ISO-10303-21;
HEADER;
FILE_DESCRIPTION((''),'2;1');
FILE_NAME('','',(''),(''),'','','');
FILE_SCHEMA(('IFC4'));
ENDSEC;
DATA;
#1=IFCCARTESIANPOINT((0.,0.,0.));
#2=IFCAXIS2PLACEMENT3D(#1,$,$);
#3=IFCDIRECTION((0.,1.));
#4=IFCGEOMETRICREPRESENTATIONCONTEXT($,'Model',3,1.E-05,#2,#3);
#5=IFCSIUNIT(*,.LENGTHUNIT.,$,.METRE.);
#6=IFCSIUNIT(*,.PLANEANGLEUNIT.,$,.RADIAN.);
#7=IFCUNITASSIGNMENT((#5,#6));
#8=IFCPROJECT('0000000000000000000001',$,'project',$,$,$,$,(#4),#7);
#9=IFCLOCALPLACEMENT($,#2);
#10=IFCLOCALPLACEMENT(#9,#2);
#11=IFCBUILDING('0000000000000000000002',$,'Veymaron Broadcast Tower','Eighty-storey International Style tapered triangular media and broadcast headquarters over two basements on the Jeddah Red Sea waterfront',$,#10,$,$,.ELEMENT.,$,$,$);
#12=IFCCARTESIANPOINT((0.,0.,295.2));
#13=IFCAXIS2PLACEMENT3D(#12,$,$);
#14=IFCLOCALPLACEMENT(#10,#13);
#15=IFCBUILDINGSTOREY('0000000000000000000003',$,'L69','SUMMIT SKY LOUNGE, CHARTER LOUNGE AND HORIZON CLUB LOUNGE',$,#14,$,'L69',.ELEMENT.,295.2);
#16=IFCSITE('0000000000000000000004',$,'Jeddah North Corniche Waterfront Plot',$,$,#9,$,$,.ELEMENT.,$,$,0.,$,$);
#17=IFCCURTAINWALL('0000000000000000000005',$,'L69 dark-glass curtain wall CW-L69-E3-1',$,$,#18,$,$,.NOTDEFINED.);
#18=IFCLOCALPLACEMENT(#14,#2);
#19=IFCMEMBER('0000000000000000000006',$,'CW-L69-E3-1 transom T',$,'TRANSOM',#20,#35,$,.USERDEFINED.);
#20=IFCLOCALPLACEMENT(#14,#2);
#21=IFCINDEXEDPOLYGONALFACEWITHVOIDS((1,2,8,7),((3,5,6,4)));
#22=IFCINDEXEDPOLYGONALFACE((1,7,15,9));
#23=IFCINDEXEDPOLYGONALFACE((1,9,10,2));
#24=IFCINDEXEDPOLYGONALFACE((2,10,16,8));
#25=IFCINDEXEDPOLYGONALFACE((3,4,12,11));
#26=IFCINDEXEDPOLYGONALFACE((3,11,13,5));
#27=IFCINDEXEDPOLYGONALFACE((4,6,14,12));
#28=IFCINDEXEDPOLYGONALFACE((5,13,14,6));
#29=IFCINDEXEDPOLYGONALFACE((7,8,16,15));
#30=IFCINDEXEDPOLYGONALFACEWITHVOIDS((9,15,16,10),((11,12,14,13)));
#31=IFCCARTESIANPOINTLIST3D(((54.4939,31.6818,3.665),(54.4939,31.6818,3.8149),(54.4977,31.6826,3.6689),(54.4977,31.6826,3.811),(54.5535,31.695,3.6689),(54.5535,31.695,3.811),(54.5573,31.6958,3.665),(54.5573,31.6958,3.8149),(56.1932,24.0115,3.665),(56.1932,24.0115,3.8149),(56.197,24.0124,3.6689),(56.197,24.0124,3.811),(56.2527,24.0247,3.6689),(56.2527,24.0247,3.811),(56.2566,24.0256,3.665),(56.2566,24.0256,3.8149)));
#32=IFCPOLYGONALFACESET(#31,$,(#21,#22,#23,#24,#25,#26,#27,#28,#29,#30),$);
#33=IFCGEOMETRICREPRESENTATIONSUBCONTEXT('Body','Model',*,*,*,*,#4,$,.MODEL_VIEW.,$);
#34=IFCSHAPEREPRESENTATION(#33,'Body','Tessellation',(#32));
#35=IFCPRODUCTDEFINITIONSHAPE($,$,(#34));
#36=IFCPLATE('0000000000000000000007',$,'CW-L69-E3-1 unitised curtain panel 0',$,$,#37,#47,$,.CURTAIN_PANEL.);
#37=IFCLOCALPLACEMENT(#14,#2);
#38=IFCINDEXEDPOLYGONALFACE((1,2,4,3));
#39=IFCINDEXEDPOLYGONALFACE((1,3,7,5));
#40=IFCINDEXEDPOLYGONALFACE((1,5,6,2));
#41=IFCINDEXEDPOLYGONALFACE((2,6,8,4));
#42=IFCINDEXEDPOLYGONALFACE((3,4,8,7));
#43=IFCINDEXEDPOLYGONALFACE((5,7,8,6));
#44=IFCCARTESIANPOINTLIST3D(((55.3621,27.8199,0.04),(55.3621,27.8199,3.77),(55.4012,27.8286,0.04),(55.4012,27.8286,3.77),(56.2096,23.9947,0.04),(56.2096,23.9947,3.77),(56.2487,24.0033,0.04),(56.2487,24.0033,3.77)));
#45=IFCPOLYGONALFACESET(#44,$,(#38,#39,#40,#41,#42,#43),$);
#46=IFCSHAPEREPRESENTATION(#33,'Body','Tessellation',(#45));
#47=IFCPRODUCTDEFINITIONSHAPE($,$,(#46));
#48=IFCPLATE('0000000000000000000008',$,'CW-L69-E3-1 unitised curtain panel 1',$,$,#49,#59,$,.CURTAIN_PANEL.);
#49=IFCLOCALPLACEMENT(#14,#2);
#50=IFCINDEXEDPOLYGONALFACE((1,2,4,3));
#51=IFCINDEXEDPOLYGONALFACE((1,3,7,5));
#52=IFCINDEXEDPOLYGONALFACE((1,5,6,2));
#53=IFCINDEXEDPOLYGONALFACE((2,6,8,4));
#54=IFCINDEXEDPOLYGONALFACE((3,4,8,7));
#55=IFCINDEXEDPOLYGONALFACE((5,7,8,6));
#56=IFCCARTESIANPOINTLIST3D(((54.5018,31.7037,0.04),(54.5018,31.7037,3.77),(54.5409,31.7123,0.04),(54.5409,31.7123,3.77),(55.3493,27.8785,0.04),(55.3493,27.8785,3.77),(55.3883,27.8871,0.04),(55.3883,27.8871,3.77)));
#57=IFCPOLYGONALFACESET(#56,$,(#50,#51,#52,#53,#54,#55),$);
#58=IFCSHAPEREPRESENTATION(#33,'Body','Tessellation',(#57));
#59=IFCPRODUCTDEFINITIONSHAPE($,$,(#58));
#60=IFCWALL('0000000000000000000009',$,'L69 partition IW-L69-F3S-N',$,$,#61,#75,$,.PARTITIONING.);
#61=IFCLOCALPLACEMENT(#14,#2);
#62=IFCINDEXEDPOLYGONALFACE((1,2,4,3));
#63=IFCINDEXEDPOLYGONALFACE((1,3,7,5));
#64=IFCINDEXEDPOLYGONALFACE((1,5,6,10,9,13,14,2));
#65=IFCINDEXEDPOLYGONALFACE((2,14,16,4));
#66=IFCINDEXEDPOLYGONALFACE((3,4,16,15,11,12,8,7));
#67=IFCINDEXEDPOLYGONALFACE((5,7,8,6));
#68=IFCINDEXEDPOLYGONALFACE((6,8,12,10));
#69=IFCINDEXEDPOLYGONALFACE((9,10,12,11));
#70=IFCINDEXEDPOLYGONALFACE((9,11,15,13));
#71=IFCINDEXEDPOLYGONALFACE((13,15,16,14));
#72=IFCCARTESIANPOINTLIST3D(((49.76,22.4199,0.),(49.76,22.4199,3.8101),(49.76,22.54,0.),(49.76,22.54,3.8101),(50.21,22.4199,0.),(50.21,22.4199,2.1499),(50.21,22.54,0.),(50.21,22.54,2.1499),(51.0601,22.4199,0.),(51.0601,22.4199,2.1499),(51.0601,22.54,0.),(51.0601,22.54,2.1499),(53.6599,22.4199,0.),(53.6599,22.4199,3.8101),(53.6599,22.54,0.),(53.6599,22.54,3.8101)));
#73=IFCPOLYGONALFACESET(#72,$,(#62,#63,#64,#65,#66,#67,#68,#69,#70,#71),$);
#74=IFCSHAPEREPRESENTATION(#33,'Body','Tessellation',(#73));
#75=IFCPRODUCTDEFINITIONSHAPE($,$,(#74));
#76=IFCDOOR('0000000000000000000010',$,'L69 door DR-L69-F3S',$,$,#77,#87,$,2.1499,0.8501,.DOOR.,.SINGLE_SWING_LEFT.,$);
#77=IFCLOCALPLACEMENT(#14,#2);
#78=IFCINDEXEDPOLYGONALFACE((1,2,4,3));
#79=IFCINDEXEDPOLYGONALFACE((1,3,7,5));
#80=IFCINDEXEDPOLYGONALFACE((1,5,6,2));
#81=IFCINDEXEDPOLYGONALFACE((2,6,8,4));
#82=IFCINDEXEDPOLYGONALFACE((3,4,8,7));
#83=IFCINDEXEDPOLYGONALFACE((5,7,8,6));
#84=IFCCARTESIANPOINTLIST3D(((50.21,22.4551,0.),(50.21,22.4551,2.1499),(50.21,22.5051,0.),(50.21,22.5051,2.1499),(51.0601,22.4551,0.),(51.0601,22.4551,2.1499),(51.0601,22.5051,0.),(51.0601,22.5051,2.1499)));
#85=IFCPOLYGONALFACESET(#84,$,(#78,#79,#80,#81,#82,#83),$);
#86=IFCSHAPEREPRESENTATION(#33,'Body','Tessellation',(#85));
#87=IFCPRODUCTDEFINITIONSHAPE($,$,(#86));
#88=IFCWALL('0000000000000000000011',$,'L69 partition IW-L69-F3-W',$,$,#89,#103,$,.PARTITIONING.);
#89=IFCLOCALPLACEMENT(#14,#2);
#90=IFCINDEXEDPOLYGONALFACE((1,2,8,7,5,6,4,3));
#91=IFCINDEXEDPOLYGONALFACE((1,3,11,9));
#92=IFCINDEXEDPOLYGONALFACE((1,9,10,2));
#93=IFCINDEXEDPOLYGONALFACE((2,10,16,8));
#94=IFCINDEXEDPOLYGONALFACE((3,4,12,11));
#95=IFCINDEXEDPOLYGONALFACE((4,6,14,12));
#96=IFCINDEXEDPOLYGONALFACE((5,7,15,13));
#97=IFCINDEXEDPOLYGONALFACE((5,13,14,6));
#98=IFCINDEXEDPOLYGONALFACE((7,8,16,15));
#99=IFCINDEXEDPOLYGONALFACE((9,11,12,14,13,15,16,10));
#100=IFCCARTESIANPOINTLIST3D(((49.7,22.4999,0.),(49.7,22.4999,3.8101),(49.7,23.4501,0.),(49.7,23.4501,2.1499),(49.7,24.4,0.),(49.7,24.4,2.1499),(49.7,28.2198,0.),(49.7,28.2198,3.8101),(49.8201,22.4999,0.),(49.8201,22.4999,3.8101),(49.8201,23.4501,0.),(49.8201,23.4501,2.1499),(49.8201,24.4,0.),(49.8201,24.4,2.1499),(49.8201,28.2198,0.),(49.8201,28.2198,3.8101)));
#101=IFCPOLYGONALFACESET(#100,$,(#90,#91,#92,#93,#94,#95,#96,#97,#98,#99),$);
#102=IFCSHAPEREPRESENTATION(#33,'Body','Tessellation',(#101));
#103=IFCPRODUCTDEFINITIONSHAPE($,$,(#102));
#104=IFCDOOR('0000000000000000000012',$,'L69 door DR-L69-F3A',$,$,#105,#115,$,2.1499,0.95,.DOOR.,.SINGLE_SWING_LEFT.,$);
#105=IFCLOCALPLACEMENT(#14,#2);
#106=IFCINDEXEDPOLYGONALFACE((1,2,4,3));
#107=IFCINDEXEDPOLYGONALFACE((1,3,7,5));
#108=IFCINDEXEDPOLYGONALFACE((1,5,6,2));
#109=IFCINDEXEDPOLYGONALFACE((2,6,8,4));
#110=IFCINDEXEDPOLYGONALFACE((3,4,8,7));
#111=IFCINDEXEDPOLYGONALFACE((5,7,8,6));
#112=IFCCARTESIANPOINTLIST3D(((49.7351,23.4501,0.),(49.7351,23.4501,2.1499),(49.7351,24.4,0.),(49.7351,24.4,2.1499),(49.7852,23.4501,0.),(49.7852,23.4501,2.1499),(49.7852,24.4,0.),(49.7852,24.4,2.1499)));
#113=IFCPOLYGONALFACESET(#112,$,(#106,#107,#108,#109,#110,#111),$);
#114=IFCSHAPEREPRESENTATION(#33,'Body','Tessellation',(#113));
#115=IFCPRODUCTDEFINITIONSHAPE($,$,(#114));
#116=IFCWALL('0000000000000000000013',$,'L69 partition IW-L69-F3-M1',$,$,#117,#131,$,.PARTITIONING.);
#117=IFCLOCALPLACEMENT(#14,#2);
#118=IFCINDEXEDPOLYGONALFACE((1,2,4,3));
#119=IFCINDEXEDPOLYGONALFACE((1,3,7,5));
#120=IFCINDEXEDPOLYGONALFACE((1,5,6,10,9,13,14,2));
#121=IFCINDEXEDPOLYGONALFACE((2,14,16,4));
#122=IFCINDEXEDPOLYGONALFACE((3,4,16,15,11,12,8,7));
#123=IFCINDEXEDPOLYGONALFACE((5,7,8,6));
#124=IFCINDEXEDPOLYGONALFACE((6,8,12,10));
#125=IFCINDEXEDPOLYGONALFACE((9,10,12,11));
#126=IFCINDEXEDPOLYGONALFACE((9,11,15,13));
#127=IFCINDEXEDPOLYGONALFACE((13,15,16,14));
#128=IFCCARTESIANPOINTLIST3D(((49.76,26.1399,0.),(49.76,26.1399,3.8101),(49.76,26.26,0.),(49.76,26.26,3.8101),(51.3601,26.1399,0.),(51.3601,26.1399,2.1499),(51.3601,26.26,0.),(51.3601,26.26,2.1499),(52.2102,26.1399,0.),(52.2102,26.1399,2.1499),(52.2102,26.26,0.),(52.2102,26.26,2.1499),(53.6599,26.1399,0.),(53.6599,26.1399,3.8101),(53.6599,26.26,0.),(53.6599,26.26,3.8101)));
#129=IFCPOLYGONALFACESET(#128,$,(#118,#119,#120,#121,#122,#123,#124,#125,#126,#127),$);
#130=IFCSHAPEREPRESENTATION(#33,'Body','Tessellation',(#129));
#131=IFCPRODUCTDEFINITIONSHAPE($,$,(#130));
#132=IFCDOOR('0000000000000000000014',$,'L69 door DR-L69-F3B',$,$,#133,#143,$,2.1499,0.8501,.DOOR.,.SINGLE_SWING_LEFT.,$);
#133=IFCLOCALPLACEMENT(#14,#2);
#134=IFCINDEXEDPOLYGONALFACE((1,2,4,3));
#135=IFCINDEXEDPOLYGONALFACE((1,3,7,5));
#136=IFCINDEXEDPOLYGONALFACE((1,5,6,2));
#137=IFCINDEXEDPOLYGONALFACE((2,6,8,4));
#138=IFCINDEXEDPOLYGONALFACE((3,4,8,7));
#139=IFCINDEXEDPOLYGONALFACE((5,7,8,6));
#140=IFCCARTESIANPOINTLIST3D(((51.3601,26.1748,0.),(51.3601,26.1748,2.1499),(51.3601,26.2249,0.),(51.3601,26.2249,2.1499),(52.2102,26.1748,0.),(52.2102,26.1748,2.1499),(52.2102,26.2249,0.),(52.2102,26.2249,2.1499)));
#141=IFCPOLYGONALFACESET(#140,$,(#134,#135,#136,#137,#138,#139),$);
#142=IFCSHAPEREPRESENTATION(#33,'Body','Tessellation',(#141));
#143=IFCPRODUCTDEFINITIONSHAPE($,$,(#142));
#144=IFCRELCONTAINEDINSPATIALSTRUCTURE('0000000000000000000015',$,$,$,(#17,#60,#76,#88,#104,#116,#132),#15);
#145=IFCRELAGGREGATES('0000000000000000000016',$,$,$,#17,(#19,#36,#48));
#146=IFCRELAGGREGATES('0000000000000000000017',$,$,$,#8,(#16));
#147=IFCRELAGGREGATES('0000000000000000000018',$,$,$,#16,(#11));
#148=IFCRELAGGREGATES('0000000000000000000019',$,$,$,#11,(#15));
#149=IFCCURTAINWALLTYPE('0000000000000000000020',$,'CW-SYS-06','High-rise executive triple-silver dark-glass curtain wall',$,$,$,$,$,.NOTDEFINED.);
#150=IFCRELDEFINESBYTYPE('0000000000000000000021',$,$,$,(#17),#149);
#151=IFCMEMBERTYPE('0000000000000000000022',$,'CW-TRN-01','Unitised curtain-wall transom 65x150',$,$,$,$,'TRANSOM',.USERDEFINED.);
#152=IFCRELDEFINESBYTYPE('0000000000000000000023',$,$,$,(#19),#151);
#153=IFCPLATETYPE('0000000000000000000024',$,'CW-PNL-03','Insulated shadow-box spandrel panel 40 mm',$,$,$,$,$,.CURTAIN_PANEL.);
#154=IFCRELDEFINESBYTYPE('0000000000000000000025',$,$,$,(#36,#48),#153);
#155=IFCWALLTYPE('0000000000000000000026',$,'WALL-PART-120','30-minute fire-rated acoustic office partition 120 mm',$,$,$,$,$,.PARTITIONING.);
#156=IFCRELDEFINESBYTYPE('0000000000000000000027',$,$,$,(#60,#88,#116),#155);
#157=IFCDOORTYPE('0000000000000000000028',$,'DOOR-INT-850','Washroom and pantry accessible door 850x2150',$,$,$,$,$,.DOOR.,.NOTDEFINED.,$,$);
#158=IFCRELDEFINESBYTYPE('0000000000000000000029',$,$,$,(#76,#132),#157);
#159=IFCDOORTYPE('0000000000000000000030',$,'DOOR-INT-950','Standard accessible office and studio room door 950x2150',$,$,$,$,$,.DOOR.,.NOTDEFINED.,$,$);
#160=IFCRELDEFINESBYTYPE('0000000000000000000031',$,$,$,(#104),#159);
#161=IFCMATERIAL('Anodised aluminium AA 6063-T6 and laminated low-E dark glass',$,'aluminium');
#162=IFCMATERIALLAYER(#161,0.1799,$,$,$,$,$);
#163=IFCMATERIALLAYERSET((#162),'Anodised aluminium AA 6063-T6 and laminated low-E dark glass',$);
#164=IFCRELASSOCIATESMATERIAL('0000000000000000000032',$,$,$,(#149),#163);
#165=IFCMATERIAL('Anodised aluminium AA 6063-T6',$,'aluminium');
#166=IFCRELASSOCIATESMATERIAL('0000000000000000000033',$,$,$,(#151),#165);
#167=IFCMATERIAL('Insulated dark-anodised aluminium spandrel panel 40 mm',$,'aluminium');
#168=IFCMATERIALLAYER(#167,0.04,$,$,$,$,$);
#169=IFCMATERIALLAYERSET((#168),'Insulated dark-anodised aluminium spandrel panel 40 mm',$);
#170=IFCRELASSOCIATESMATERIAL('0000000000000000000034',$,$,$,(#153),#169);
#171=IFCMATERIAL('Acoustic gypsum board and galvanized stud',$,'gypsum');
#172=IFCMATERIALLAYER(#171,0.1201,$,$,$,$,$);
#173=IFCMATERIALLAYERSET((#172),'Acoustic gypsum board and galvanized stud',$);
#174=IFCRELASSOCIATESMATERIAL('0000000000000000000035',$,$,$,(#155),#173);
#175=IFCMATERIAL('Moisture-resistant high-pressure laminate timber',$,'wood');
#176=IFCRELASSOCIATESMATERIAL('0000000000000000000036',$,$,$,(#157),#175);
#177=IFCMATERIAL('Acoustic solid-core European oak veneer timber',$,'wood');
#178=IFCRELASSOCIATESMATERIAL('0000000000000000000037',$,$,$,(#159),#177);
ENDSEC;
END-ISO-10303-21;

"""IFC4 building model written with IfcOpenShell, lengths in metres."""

from ifc_helpers import new_model, si_unit, direction, frame, frame_2d, origin, origin_2d, place, context, subcontext, project, spatial, rectangle, hollow_rectangle, extrude, material, layer, layer_set, material_profile, profile_set, type_object, element, fill, aggregate, save


model = new_model("IFC4")

# Units and contexts
model_context = context("Model", 3, precision=1e-05, world=origin(), true_north=direction((0.0, 1.0)))
body_context = subcontext(model_context, "Body", "Model", "MODEL_VIEW")
ifc_project = project(units=[si_unit("LENGTHUNIT", "METRE"), si_unit("PLANEANGLEUNIT", "RADIAN")], contexts=[model_context])

# Site, building, storey
site_placement = place(None, origin())
site = spatial("IfcSite", under=ifc_project, at=site_placement, Name="Jeddah North Corniche Waterfront Plot", CompositionType="ELEMENT", RefElevation=0.0)
building_placement = place(site_placement, origin())
building = spatial("IfcBuilding", under=site, at=building_placement, Name="Veymaron Broadcast Tower", Description="Eighty-storey International Style tapered triangular media and broadcast headquarters over two basements on the Jeddah Red Sea waterfront", CompositionType="ELEMENT")
storey_placement = place(building_placement, frame((0.0, 0.0, 295.2)))
storey = spatial("IfcBuildingStorey", under=building, at=storey_placement, Name="L69", Description="SUMMIT SKY LOUNGE, CHARTER LOUNGE AND HORIZON CLUB LOUNGE", LongName="L69", CompositionType="ELEMENT", Elevation=295.2)

# Shared definitions
ifc_material_1 = material(Name="Anodised aluminium AA 6063-T6 and laminated low-E dark glass", Category="aluminium")
ifc_layer_1 = layer(ifc_material_1, 0.1799)
ifc_layer_set_1 = layer_set([ifc_layer_1], Name="Anodised aluminium AA 6063-T6 and laminated low-E dark glass")
curtain_wall_type = type_object("IfcCurtainWallType", Name="CW-SYS-06", Description="High-rise executive triple-silver dark-glass curtain wall", PredefinedType="NOTDEFINED", material=ifc_layer_set_1)
ifc_material_2 = material(Name="Anodised aluminium AA 6063-T6", Category="aluminium")

# Curtain wall, member, plates
curtain_wall_1_placement = place(storey_placement, origin())
curtain_wall_1 = element("IfcCurtainWall", 1, at=curtain_wall_1_placement, inside=storey, type_object=curtain_wall_type, Name="L69 dark-glass curtain wall CW-L69-E3-1", PredefinedType="NOTDEFINED")
ifc_material_profile_1 = material_profile(ifc_material_2, hollow_rectangle(XDim=0.0649, YDim=0.1499, WallThickness=0.0039, at=origin_2d()), Name="AL150X65X4")
ifc_profile_set_1 = profile_set([ifc_material_profile_1], Name="Anodised aluminium AA 6063-T6")
member_type_1 = type_object("IfcMemberType", Name="CW-TRN-01", Description="Unitised curtain-wall transom 65x150", ElementType="TRANSOM", PredefinedType="USERDEFINED", material=ifc_profile_set_1)
member_1_placement = place(storey_placement, frame((56.2249, 24.0186, 3.74), z_axis=(-0.216292, 0.976329, 0.0), x_axis=(-0.976329, -0.216292, 0.0)))
member_1 = element("IfcMember", 2, at=member_1_placement, type_object=member_type_1, Name="CW-L69-E3-1 transom T", ObjectType="TRANSOM", PredefinedType="USERDEFINED", context=body_context, shape_type="SweptSolid", body=[
    extrude(hollow_rectangle(XDim=0.0649, YDim=0.1499, WallThickness=0.0039, at=origin_2d()), origin(), (0.0, 0.0, 1.0), 7.8562),
])
ifc_material_3 = material(Name="Insulated dark-anodised aluminium spandrel panel 40 mm", Category="aluminium")
ifc_layer_2 = layer(ifc_material_3, 0.04)
ifc_layer_set_2 = layer_set([ifc_layer_2], Name="Insulated dark-anodised aluminium spandrel panel 40 mm")
plate_type = type_object("IfcPlateType", Name="CW-PNL-03", Description="Insulated shadow-box spandrel panel 40 mm", PredefinedType="CURTAIN_PANEL", material=ifc_layer_set_2)
plate_1_placement = place(storey_placement, frame((55.8054, 25.9116, 0.04), z_axis=(0.0, 0.0, 1.0), x_axis=(-0.216303, 0.976326, 0.0)))
plate_1 = element("IfcPlate", 3, at=plate_1_placement, type_object=plate_type, Name="CW-L69-E3-1 unitised curtain panel 0", PredefinedType="CURTAIN_PANEL", context=body_context, shape_type="SweptSolid", body=[
    extrude(rectangle(XDim=3.918, YDim=0.04, at=origin_2d()), origin(), (0.0, 0.0, 1.0), 3.73),
])
plate_2_placement = place(storey_placement, frame((54.9451, 29.7954, 0.04), z_axis=(0.0, 0.0, 1.0), x_axis=(-0.216303, 0.976326, 0.0)))
plate_2 = element("IfcPlate", 4, at=plate_2_placement, type_object=plate_type, Name="CW-L69-E3-1 unitised curtain panel 1", PredefinedType="CURTAIN_PANEL", context=body_context, shape_type="SweptSolid", body=[
    extrude(rectangle(XDim=3.918, YDim=0.04, at=origin_2d()), origin(), (0.0, 0.0, 1.0), 3.73),
])
aggregate(curtain_wall_1, [member_1, plate_1, plate_2])

# Walls, openings, doors
ifc_material_4 = material(Name="Acoustic gypsum board and galvanized stud", Category="gypsum")
ifc_layer_3 = layer(ifc_material_4, 0.1201)
ifc_layer_set_3 = layer_set([ifc_layer_3], Name="Acoustic gypsum board and galvanized stud")
wall_type = type_object("IfcWallType", Name="WALL-PART-120", Description="30-minute fire-rated acoustic office partition 120 mm", PredefinedType="PARTITIONING", material=ifc_layer_set_3)
wall_1_placement = place(storey_placement, frame((49.76, 22.48, 0.0), z_axis=(0.0, 0.0, 1.0), x_axis=(1.0, 0.0, 0.0)))
wall_1 = element("IfcWall", 5, at=wall_1_placement, inside=storey, type_object=wall_type, Name="L69 partition IW-L69-F3S-N", PredefinedType="PARTITIONING", context=body_context, shape_type="SweptSolid", body=[
    extrude(rectangle(XDim=3.8999, YDim=0.1201, at=frame_2d((1.95, 0.0))), origin(), (0.0, 0.0, 1.0), 3.8101),
])
opening_1_placement = place(wall_1_placement, frame((0.45, 0.0, 0.0)))
opening_1 = element("IfcOpeningElement", 6, at=opening_1_placement, cuts=wall_1, PredefinedType="OPENING", context=body_context, shape_type="SweptSolid", body=[
    extrude(rectangle(XDim=0.8501, YDim=2.1499, at=frame_2d((0.425, 1.075))), frame((0.0, 0.0701, 0.0), z_axis=(0.0, -1.0, 0.0), x_axis=(1.0, 0.0, 0.0)), (0.0, 0.0, 1.0), 0.1401),
])
ifc_material_5 = material(Name="Moisture-resistant high-pressure laminate timber", Category="wood")
door_type_1 = type_object("IfcDoorType", Name="DOOR-INT-850", Description="Washroom and pantry accessible door 850x2150", OperationType="NOTDEFINED", PredefinedType="DOOR", material=ifc_material_5)
door_1_placement = place(opening_1_placement, frame((0.8501, 0.0, 0.0), z_axis=(0.0, 0.0, 1.0), x_axis=(-1.0, 0.0, 0.0)))
door_1 = element("IfcDoor", 7, at=door_1_placement, inside=storey, type_object=door_type_1, Name="L69 door DR-L69-F3S", OperationType="SINGLE_SWING_LEFT", OverallHeight=2.1499, OverallWidth=0.8501, PredefinedType="DOOR", context=body_context, shape_type="SweptSolid", body=[
    extrude(rectangle(XDim=0.8501, YDim=2.1499, at=frame_2d((0.425, 1.075))), frame((0.0, 0.0249, 0.0), z_axis=(0.0, -1.0, 0.0), x_axis=(1.0, 0.0, 0.0)), (0.0, 0.0, 1.0), 0.05),
])
fill(opening_1, door_1)
wall_2_placement = place(storey_placement, frame((49.76, 22.5, 0.0), z_axis=(0.0, 0.0, 1.0), x_axis=(0.0, 1.0, 0.0)))
wall_2 = element("IfcWall", 8, at=wall_2_placement, inside=storey, type_object=wall_type, Name="L69 partition IW-L69-F3-W", PredefinedType="PARTITIONING", context=body_context, shape_type="SweptSolid", body=[
    extrude(rectangle(XDim=5.72, YDim=0.1201, at=frame_2d((2.8599, 0.0))), origin(), (0.0, 0.0, 1.0), 3.8101),
])
opening_2_placement = place(wall_2_placement, frame((0.95, 0.0, 0.0)))
opening_2 = element("IfcOpeningElement", 9, at=opening_2_placement, cuts=wall_2, PredefinedType="OPENING", context=body_context, shape_type="SweptSolid", body=[
    extrude(rectangle(XDim=0.95, YDim=2.1499, at=frame_2d((0.4751, 1.075))), frame((0.0, 0.0701, 0.0), z_axis=(0.0, -1.0, 0.0), x_axis=(1.0, 0.0, 0.0)), (0.0, 0.0, 1.0), 0.1401),
])
ifc_material_6 = material(Name="Acoustic solid-core European oak veneer timber", Category="wood")
door_type_2 = type_object("IfcDoorType", Name="DOOR-INT-950", Description="Standard accessible office and studio room door 950x2150", OperationType="NOTDEFINED", PredefinedType="DOOR", material=ifc_material_6)
door_2_placement = place(opening_2_placement, origin())
door_2 = element("IfcDoor", 10, at=door_2_placement, inside=storey, type_object=door_type_2, Name="L69 door DR-L69-F3A", OperationType="SINGLE_SWING_LEFT", OverallHeight=2.1499, OverallWidth=0.95, PredefinedType="DOOR", context=body_context, shape_type="SweptSolid", body=[
    extrude(rectangle(XDim=0.95, YDim=2.1499, at=frame_2d((0.4751, 1.075))), frame((0.0, 0.0249, 0.0), z_axis=(0.0, -1.0, 0.0), x_axis=(1.0, 0.0, 0.0)), (0.0, 0.0, 1.0), 0.05),
])
fill(opening_2, door_2)
wall_3_placement = place(storey_placement, frame((49.76, 26.2, 0.0), z_axis=(0.0, 0.0, 1.0), x_axis=(1.0, 0.0, 0.0)))
wall_3 = element("IfcWall", 11, at=wall_3_placement, inside=storey, type_object=wall_type, Name="L69 partition IW-L69-F3-M1", PredefinedType="PARTITIONING", context=body_context, shape_type="SweptSolid", body=[
    extrude(rectangle(XDim=3.8999, YDim=0.1201, at=frame_2d((1.95, 0.0))), origin(), (0.0, 0.0, 1.0), 3.8101),
])
opening_3_placement = place(wall_3_placement, frame((1.6001, 0.0, 0.0)))
opening_3 = element("IfcOpeningElement", 12, at=opening_3_placement, cuts=wall_3, PredefinedType="OPENING", context=body_context, shape_type="SweptSolid", body=[
    extrude(rectangle(XDim=0.8501, YDim=2.1499, at=frame_2d((0.425, 1.075))), frame((0.0, 0.0701, 0.0), z_axis=(0.0, -1.0, 0.0), x_axis=(1.0, 0.0, 0.0)), (0.0, 0.0, 1.0), 0.1401),
])
door_3_placement = place(opening_3_placement, origin())
door_3 = element("IfcDoor", 13, at=door_3_placement, inside=storey, type_object=door_type_1, Name="L69 door DR-L69-F3B", OperationType="SINGLE_SWING_LEFT", OverallHeight=2.1499, OverallWidth=0.8501, PredefinedType="DOOR", context=body_context, shape_type="SweptSolid", body=[
    extrude(rectangle(XDim=0.8501, YDim=2.1499, at=frame_2d((0.425, 1.075))), frame((0.0, 0.0249, 0.0), z_axis=(0.0, -1.0, 0.0), x_axis=(1.0, 0.0, 0.0)), (0.0, 0.0, 1.0), 0.05),
])
fill(opening_3, door_3)

save(model, "model.ifc")
